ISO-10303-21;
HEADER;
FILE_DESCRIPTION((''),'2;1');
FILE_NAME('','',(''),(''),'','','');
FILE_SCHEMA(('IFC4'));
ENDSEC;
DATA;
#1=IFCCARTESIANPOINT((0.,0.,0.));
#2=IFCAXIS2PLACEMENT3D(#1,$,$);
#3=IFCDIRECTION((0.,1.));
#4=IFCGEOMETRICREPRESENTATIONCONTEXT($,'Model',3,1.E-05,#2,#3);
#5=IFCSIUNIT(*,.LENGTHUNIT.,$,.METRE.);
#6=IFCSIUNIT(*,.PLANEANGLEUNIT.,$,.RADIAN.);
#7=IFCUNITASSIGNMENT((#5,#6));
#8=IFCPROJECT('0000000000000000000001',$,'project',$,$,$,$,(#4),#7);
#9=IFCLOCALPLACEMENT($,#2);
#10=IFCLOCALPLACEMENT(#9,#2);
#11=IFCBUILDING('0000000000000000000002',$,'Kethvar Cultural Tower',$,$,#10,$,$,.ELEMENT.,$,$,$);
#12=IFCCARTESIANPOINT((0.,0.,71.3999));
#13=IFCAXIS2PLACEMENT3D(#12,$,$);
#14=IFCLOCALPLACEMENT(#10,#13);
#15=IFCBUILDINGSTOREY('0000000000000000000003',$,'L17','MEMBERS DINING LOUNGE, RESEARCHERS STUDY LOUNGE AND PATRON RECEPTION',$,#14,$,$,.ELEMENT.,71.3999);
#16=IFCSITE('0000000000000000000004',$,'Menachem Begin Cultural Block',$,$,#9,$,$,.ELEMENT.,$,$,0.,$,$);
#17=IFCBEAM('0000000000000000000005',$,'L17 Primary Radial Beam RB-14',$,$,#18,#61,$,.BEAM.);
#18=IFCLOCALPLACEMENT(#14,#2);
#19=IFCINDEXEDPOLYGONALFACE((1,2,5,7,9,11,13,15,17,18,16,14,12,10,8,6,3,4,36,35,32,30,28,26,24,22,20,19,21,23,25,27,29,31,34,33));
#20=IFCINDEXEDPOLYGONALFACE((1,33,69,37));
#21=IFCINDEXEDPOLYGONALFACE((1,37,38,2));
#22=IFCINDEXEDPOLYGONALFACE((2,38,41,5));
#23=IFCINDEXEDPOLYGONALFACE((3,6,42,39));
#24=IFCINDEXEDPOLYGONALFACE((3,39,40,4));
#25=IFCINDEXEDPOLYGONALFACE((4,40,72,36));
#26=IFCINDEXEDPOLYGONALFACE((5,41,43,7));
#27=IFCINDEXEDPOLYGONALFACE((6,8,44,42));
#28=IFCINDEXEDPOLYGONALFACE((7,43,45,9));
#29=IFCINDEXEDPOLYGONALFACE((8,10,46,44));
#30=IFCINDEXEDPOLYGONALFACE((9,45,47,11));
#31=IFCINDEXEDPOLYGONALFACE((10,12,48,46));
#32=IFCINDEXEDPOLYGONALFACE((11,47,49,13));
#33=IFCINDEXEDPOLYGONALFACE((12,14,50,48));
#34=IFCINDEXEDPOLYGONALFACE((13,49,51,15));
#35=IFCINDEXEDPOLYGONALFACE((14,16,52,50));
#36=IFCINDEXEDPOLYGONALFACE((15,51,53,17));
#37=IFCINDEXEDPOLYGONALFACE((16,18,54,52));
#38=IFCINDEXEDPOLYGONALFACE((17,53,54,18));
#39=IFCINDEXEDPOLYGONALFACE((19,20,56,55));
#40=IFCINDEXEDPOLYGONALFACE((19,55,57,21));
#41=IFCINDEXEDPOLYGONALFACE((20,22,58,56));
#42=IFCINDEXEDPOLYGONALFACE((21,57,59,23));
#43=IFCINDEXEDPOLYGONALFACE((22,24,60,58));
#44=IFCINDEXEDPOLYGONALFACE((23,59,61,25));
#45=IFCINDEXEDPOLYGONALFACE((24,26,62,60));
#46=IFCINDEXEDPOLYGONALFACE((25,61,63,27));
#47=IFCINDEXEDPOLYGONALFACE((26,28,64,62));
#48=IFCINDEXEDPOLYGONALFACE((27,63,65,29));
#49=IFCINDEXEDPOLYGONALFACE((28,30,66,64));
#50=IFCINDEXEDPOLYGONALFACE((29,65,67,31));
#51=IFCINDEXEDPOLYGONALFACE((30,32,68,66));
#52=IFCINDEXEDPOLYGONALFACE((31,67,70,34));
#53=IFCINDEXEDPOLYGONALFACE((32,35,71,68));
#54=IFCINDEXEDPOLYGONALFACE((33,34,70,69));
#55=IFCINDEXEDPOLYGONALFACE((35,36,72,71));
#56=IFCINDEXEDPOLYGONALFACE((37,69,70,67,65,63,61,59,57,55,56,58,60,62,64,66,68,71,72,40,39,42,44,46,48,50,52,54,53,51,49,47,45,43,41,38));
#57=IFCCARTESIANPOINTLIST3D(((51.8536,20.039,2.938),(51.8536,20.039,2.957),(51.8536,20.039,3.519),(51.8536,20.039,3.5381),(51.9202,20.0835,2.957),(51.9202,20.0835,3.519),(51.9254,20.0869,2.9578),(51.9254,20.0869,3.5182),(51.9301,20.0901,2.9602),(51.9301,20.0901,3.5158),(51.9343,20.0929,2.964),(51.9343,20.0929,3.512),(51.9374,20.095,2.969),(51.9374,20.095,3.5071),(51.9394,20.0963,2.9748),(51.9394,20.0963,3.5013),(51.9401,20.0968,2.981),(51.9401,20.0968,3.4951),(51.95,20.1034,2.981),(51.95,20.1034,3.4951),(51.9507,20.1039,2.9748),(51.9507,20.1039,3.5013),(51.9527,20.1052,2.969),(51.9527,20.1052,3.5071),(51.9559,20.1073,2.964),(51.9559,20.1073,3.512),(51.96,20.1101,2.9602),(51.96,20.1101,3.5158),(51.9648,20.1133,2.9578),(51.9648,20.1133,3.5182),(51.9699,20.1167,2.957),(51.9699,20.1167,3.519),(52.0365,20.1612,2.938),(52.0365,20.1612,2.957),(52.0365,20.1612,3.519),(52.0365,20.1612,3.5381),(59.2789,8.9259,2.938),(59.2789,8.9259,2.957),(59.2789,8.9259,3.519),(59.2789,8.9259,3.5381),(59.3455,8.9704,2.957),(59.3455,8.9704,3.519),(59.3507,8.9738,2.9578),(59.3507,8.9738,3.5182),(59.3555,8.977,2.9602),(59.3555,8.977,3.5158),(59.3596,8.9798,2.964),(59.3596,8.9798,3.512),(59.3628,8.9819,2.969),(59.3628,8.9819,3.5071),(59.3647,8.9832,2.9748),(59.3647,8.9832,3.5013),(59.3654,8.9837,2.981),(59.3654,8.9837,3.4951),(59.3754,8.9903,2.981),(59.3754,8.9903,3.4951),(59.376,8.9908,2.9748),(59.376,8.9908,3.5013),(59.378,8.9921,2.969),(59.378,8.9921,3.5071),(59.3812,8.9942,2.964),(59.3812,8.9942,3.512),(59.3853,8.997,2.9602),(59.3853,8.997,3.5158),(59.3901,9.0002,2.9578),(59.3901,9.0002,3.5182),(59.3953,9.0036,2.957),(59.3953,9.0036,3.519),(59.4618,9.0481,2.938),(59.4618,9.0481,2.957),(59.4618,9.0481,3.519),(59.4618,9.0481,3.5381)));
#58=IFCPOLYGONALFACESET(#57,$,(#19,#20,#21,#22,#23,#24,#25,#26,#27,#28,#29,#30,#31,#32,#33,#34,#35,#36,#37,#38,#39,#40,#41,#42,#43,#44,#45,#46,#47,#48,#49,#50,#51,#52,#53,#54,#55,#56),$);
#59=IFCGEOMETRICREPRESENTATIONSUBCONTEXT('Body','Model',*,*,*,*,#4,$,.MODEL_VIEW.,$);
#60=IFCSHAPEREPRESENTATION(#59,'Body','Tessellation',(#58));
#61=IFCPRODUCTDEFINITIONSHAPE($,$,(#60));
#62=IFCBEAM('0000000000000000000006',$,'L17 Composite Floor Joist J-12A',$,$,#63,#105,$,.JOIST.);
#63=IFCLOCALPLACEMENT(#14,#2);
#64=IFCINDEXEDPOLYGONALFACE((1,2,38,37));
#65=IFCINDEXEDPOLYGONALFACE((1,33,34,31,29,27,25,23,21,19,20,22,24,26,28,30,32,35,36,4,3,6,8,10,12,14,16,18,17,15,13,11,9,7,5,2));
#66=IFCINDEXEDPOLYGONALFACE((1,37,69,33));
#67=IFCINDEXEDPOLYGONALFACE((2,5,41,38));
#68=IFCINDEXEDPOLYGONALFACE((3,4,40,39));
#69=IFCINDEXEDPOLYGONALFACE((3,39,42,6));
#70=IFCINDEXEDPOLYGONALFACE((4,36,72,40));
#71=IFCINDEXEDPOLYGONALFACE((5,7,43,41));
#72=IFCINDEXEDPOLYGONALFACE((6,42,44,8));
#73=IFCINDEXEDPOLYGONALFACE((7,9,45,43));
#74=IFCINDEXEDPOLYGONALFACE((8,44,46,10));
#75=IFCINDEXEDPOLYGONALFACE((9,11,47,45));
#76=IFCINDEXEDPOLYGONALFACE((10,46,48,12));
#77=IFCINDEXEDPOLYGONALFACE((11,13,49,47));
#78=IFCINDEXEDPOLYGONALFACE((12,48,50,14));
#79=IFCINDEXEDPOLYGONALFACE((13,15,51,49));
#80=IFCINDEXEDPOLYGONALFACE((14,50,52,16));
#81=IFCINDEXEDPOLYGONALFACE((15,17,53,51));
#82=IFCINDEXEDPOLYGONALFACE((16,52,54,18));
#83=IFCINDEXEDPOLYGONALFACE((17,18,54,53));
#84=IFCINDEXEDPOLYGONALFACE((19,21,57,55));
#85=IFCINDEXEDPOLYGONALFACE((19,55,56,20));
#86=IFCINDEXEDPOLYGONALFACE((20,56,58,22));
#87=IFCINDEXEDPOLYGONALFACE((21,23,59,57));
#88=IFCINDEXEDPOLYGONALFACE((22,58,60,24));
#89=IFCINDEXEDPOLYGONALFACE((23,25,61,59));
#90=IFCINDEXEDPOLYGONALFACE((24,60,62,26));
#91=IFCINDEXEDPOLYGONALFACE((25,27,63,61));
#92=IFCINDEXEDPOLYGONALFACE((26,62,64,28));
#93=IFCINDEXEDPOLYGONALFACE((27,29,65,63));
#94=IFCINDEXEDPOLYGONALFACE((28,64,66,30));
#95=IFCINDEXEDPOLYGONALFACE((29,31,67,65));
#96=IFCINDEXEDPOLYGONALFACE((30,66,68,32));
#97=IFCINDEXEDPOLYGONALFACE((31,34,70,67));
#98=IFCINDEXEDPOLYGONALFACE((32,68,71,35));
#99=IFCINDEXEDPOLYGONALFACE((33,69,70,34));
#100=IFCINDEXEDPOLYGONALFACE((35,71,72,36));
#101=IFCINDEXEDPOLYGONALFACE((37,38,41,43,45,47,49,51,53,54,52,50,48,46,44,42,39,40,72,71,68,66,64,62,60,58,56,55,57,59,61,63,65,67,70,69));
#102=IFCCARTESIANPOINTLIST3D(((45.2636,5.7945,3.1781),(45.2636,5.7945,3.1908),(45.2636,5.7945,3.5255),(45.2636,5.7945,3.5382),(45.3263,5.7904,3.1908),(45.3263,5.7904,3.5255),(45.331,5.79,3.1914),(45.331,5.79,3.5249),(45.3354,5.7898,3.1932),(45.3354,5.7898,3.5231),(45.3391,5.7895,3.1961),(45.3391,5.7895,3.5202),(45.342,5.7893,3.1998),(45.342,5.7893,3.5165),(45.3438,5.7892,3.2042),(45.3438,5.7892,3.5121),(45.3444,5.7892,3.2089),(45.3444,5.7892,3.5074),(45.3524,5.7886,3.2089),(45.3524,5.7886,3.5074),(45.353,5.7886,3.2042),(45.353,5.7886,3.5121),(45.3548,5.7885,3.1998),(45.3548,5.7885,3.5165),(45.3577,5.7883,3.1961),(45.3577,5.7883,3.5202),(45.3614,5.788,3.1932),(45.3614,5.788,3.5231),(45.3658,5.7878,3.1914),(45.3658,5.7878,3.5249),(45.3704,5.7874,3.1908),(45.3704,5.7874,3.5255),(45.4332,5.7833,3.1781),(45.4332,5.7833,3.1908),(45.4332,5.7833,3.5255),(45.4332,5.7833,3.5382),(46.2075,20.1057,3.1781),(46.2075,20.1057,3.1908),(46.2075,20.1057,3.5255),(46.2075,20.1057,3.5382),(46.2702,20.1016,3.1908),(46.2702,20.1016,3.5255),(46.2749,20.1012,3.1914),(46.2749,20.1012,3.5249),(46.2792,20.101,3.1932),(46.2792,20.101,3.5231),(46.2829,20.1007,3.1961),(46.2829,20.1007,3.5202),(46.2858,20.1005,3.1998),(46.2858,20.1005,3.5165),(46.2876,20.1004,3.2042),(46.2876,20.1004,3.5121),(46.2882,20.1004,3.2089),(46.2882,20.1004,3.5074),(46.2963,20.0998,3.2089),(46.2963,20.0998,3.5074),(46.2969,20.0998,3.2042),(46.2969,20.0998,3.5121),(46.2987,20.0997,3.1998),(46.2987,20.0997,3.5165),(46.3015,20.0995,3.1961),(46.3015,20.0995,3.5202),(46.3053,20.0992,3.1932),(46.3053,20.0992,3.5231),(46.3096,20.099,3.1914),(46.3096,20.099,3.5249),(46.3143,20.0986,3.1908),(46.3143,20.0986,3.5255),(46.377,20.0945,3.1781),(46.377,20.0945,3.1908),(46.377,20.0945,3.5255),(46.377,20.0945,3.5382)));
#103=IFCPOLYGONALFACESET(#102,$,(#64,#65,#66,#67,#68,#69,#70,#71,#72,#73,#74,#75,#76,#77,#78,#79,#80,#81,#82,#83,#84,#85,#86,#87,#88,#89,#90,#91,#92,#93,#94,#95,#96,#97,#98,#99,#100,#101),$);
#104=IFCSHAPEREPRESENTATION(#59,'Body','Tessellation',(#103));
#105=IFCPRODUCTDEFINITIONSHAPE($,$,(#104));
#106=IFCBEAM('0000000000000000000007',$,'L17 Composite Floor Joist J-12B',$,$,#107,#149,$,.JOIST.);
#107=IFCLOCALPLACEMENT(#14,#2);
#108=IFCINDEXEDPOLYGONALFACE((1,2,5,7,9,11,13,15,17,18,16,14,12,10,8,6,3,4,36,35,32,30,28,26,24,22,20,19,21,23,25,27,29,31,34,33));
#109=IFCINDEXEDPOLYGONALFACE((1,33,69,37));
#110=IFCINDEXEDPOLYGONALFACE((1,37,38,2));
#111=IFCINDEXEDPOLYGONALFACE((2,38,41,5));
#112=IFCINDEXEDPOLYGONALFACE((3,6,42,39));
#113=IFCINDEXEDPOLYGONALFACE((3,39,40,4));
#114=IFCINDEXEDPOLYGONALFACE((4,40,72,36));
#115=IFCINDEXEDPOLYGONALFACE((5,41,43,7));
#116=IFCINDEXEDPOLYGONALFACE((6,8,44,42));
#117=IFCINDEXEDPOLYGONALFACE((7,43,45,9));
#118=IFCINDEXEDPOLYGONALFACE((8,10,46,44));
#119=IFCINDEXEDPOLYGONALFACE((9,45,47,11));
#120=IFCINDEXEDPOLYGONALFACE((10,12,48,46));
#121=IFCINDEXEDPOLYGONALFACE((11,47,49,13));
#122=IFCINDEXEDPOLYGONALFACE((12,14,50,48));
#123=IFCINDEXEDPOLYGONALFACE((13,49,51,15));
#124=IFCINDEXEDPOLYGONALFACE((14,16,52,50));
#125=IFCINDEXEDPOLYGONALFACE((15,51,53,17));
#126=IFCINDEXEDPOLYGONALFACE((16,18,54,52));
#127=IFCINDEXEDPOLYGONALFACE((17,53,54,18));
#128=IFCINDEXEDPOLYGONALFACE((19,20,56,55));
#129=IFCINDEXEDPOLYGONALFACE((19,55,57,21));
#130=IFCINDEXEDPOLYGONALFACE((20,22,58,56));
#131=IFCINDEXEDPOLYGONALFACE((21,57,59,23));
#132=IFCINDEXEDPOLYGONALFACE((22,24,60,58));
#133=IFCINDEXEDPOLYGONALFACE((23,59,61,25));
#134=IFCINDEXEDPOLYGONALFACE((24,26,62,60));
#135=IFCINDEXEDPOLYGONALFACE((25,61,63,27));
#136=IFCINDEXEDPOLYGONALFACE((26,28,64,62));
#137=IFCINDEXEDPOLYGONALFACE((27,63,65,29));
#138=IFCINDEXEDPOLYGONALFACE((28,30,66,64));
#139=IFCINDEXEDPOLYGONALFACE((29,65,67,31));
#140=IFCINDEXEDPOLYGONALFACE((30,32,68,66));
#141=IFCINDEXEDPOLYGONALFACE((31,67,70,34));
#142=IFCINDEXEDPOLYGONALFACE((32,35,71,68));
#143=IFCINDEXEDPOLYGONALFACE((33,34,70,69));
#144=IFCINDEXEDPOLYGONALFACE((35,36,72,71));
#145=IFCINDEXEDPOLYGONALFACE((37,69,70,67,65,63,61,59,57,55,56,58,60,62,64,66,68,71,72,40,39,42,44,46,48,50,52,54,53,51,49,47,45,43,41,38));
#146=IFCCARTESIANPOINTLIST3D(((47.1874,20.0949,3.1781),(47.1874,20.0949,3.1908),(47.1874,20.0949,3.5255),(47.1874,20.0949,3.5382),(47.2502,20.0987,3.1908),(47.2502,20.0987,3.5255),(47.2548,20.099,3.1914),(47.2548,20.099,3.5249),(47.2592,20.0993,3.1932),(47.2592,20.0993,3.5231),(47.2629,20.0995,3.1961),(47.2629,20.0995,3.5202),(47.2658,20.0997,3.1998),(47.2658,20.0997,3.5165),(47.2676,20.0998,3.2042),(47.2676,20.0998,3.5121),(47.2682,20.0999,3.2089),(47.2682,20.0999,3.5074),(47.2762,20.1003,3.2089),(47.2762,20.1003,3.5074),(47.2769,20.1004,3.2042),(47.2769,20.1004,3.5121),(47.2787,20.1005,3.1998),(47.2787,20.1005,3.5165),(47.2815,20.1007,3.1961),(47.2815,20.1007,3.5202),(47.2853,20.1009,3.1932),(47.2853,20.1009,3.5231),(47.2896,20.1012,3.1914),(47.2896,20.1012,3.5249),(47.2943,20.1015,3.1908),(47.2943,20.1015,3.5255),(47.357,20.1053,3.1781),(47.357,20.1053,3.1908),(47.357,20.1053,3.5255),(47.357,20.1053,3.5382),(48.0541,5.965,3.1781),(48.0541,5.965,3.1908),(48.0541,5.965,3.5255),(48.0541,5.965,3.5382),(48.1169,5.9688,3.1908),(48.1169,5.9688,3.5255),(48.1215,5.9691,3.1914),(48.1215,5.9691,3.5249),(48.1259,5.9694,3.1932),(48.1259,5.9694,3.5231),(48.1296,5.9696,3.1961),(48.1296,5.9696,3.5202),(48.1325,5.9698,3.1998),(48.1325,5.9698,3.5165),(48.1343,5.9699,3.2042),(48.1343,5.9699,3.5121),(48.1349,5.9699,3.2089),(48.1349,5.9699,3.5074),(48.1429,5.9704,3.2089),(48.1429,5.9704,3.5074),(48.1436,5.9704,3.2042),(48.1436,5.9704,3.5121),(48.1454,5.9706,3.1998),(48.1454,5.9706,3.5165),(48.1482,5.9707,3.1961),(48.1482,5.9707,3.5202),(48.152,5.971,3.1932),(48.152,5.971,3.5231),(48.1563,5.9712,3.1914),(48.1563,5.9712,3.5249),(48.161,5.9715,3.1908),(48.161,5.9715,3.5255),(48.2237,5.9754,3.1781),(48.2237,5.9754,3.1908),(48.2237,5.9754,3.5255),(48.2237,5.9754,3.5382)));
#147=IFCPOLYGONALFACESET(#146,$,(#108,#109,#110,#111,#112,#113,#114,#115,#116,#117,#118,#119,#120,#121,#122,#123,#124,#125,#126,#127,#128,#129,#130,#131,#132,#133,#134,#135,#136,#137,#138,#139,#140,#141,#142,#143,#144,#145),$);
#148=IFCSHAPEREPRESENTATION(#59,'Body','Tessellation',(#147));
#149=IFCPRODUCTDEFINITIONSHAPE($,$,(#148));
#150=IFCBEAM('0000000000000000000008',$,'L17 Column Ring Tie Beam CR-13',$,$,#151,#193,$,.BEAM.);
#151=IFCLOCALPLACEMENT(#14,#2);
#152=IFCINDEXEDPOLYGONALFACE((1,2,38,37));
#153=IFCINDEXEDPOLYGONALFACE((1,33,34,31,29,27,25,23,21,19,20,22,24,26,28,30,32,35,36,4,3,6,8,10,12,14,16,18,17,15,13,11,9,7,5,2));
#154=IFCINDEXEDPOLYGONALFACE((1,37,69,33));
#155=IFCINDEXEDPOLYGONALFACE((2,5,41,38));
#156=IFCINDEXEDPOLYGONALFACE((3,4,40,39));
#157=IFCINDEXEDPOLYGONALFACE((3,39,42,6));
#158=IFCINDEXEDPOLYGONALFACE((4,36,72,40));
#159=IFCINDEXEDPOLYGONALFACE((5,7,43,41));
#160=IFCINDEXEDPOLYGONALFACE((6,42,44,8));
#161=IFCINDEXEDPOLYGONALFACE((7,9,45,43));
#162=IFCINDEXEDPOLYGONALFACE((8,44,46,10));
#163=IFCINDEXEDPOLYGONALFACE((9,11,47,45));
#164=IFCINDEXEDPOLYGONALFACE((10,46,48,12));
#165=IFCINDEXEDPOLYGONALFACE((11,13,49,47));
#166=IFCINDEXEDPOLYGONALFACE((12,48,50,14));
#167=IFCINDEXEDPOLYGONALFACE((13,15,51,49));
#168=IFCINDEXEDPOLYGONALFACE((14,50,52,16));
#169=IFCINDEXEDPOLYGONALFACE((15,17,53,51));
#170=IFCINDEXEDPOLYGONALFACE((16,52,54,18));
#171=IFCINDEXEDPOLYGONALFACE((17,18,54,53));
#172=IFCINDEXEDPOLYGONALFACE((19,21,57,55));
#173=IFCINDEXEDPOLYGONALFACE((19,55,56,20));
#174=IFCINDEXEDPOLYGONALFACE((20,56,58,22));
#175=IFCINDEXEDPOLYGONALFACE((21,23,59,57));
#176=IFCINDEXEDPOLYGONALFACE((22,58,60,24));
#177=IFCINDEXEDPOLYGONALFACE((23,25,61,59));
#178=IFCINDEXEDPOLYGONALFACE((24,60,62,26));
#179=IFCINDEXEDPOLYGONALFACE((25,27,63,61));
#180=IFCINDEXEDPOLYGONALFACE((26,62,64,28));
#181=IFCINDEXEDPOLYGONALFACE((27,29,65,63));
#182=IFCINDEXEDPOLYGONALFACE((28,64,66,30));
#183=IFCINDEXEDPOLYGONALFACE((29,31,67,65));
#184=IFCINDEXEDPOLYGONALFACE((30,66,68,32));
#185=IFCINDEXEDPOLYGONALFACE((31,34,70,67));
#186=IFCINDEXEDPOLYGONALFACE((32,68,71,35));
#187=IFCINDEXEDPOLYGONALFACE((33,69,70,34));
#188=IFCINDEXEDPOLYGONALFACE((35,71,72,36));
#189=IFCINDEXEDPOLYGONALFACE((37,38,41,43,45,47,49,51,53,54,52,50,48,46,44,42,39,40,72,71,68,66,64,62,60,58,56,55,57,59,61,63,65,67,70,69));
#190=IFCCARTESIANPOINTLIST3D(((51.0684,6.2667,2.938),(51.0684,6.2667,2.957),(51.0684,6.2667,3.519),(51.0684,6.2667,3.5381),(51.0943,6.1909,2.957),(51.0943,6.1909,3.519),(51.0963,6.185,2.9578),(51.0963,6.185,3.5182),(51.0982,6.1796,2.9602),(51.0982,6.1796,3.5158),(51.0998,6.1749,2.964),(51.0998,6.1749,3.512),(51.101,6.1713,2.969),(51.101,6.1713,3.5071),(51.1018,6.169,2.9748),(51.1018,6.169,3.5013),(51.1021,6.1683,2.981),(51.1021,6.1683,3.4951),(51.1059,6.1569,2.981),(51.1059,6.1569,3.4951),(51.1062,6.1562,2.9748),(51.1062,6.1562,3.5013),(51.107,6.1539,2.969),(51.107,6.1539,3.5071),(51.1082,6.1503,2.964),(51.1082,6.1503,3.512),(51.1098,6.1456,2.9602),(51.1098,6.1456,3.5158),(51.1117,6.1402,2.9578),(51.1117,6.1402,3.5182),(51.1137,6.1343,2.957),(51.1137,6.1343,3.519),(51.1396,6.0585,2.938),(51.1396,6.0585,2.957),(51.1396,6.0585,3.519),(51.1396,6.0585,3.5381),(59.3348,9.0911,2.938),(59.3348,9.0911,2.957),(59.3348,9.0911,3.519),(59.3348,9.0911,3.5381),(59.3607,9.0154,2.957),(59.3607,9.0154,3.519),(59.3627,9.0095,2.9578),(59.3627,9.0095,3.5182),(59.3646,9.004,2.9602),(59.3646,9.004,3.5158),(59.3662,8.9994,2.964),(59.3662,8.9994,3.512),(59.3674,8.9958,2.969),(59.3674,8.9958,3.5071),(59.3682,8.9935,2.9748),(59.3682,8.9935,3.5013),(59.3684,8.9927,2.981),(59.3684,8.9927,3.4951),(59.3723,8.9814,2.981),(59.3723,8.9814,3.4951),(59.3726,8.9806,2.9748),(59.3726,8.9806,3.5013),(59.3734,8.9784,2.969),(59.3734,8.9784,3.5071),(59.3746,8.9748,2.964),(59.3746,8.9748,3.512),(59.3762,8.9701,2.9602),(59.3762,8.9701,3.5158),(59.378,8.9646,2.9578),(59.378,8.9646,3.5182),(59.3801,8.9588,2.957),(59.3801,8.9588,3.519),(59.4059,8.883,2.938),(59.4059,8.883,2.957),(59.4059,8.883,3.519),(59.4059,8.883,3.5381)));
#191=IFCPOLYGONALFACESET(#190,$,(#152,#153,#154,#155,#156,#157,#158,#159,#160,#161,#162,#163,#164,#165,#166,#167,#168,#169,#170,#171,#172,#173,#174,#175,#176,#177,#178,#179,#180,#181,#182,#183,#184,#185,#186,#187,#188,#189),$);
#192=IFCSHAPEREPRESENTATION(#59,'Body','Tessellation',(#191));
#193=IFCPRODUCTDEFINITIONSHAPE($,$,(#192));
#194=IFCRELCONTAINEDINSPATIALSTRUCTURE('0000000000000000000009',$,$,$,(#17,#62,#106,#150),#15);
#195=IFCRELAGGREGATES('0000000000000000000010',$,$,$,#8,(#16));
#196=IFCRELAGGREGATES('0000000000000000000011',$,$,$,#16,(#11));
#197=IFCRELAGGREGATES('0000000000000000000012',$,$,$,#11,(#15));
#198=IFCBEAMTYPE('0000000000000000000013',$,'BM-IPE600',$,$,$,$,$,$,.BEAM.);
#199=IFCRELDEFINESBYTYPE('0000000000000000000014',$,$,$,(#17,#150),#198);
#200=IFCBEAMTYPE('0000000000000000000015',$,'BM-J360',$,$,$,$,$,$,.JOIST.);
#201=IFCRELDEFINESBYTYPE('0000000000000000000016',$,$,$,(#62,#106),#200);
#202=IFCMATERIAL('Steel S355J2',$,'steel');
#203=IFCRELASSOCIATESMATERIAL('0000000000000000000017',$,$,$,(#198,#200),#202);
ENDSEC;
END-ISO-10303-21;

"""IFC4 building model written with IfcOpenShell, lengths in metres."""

from ifc_helpers import new_model, si_unit, direction, frame, origin, origin_2d, place, context, subcontext, project, spatial, i_section, extrude, source, transform, mapped, material, material_profile, profile_set, type_object, element, save


model = new_model("IFC4")

# Units and contexts
model_context = context("Model", 3, precision=1e-05, world=origin(), true_north=direction((0.0, 1.0)))
body_context = subcontext(model_context, "Body", "Model", "MODEL_VIEW")
ifc_project = project(units=[si_unit("LENGTHUNIT", "METRE"), si_unit("PLANEANGLEUNIT", "RADIAN")], contexts=[model_context])

# Site, building, storey
site_placement = place(None, origin())
site = spatial("IfcSite", under=ifc_project, at=site_placement, Name="Menachem Begin Cultural Block", CompositionType="ELEMENT", RefElevation=0.0)
building_placement = place(site_placement, origin())
building = spatial("IfcBuilding", under=site, at=building_placement, Name="Kethvar Cultural Tower", CompositionType="ELEMENT")
storey_placement = place(building_placement, frame((0.0, 0.0, 71.3999)))
storey = spatial("IfcBuildingStorey", under=building, at=storey_placement, Name="L17", Description="MEMBERS DINING LOUNGE, RESEARCHERS STUDY LOUNGE AND PATRON RECEPTION", CompositionType="ELEMENT", Elevation=71.3999)

# Beams
ifc_material_1 = material(Name="Steel S355J2", Category="steel")
ifc_material_profile_1 = material_profile(ifc_material_1, i_section(OverallWidth=0.22, OverallDepth=0.6001, WebThickness=0.012, FlangeThickness=0.019, FilletRadius=0.0239, at=origin_2d()), Name="Steel S355J2 — IPE600")
ifc_profile_set_1 = profile_set([ifc_material_profile_1], Name="Steel S355J2 — IPE600")
beam_type_1 = type_object("IfcBeamType", Name="BM-IPE600", PredefinedType="BEAM", material=ifc_profile_set_1)
shared_shape_1 = source(origin(), body_context, "Body", "SweptSolid", [
    extrude(i_section(OverallWidth=0.22, OverallDepth=0.6001, WebThickness=0.012, FlangeThickness=0.019, FilletRadius=0.0239, at=origin_2d()), origin(), (0.0, 0.0, 1.0), 13.3655),
])
beam_1_placement = place(storey_placement, frame((51.9451, 20.1001, 3.238), z_axis=(0.55556, -0.831477, 0.0), x_axis=(0.831477, 0.55556, 0.0)))
element("IfcBeam", 1, at=beam_1_placement, inside=storey, type_object=beam_type_1, Name="L17 Primary Radial Beam RB-14", PredefinedType="BEAM", context=body_context, shape_type="MappedRepresentation", body=[
    mapped(shared_shape_1, transform((0.0, 0.0, 0.0), scale=1.0)),
])
ifc_material_profile_2 = material_profile(ifc_material_1, i_section(OverallWidth=0.1699, OverallDepth=0.3601, WebThickness=0.0081, FlangeThickness=0.0127, FilletRadius=0.0181, at=origin_2d()), Name="Steel S355J2 — IPE360")
ifc_profile_set_2 = profile_set([ifc_material_profile_2], Name="Steel S355J2 — IPE360")
beam_type_2 = type_object("IfcBeamType", Name="BM-J360", PredefinedType="JOIST", material=ifc_profile_set_2)
shared_shape_2 = source(origin(), body_context, "Body", "SweptSolid", [
    extrude(i_section(OverallWidth=0.1699, OverallDepth=0.3601, WebThickness=0.0081, FlangeThickness=0.0127, FilletRadius=0.0181, at=origin_2d()), origin(), (0.0, 0.0, 1.0), 14.3423),
])
beam_2_placement = place(storey_placement, frame((46.2922, 20.1001, 3.3582), z_axis=(-0.065808, -0.997832, 0.0), x_axis=(0.997832, -0.065808, 0.0)))
element("IfcBeam", 2, at=beam_2_placement, inside=storey, type_object=beam_type_2, Name="L17 Composite Floor Joist J-12A", PredefinedType="JOIST", context=body_context, shape_type="MappedRepresentation", body=[
    mapped(shared_shape_2, transform((0.0, 0.0, 0.0), scale=1.0)),
])
shared_shape_3 = source(origin(), body_context, "Body", "SweptSolid", [
    extrude(i_section(OverallWidth=0.1699, OverallDepth=0.3601, WebThickness=0.0081, FlangeThickness=0.0127, FilletRadius=0.0181, at=origin_2d()), origin(), (0.0, 0.0, 1.0), 14.1565),
])
beam_3_placement = place(storey_placement, frame((47.2722, 20.1001, 3.3582), z_axis=(0.061223, -0.998124, 0.0), x_axis=(0.998124, 0.061223, 0.0)))
element("IfcBeam", 3, at=beam_3_placement, inside=storey, type_object=beam_type_2, Name="L17 Composite Floor Joist J-12B", PredefinedType="JOIST", context=body_context, shape_type="MappedRepresentation", body=[
    mapped(shared_shape_3, transform((0.0, 0.0, 0.0), scale=1.0)),
])
shared_shape_4 = source(origin(), body_context, "Body", "SweptSolid", [
    extrude(i_section(OverallWidth=0.22, OverallDepth=0.6001, WebThickness=0.012, FlangeThickness=0.019, FilletRadius=0.0239, at=origin_2d()), origin(), (0.0, 0.0, 1.0), 8.7356),
])
beam_4_placement = place(storey_placement, frame((51.104, 6.1626, 3.238), z_axis=(0.946287, 0.323329, 0.0), x_axis=(-0.323329, 0.946287, 0.0)))
element("IfcBeam", 4, at=beam_4_placement, inside=storey, type_object=beam_type_1, Name="L17 Column Ring Tie Beam CR-13", PredefinedType="BEAM", context=body_context, shape_type="MappedRepresentation", body=[
    mapped(shared_shape_4, transform((0.0, 0.0, 0.0), scale=1.0)),
])

save(model, "model.ifc")
